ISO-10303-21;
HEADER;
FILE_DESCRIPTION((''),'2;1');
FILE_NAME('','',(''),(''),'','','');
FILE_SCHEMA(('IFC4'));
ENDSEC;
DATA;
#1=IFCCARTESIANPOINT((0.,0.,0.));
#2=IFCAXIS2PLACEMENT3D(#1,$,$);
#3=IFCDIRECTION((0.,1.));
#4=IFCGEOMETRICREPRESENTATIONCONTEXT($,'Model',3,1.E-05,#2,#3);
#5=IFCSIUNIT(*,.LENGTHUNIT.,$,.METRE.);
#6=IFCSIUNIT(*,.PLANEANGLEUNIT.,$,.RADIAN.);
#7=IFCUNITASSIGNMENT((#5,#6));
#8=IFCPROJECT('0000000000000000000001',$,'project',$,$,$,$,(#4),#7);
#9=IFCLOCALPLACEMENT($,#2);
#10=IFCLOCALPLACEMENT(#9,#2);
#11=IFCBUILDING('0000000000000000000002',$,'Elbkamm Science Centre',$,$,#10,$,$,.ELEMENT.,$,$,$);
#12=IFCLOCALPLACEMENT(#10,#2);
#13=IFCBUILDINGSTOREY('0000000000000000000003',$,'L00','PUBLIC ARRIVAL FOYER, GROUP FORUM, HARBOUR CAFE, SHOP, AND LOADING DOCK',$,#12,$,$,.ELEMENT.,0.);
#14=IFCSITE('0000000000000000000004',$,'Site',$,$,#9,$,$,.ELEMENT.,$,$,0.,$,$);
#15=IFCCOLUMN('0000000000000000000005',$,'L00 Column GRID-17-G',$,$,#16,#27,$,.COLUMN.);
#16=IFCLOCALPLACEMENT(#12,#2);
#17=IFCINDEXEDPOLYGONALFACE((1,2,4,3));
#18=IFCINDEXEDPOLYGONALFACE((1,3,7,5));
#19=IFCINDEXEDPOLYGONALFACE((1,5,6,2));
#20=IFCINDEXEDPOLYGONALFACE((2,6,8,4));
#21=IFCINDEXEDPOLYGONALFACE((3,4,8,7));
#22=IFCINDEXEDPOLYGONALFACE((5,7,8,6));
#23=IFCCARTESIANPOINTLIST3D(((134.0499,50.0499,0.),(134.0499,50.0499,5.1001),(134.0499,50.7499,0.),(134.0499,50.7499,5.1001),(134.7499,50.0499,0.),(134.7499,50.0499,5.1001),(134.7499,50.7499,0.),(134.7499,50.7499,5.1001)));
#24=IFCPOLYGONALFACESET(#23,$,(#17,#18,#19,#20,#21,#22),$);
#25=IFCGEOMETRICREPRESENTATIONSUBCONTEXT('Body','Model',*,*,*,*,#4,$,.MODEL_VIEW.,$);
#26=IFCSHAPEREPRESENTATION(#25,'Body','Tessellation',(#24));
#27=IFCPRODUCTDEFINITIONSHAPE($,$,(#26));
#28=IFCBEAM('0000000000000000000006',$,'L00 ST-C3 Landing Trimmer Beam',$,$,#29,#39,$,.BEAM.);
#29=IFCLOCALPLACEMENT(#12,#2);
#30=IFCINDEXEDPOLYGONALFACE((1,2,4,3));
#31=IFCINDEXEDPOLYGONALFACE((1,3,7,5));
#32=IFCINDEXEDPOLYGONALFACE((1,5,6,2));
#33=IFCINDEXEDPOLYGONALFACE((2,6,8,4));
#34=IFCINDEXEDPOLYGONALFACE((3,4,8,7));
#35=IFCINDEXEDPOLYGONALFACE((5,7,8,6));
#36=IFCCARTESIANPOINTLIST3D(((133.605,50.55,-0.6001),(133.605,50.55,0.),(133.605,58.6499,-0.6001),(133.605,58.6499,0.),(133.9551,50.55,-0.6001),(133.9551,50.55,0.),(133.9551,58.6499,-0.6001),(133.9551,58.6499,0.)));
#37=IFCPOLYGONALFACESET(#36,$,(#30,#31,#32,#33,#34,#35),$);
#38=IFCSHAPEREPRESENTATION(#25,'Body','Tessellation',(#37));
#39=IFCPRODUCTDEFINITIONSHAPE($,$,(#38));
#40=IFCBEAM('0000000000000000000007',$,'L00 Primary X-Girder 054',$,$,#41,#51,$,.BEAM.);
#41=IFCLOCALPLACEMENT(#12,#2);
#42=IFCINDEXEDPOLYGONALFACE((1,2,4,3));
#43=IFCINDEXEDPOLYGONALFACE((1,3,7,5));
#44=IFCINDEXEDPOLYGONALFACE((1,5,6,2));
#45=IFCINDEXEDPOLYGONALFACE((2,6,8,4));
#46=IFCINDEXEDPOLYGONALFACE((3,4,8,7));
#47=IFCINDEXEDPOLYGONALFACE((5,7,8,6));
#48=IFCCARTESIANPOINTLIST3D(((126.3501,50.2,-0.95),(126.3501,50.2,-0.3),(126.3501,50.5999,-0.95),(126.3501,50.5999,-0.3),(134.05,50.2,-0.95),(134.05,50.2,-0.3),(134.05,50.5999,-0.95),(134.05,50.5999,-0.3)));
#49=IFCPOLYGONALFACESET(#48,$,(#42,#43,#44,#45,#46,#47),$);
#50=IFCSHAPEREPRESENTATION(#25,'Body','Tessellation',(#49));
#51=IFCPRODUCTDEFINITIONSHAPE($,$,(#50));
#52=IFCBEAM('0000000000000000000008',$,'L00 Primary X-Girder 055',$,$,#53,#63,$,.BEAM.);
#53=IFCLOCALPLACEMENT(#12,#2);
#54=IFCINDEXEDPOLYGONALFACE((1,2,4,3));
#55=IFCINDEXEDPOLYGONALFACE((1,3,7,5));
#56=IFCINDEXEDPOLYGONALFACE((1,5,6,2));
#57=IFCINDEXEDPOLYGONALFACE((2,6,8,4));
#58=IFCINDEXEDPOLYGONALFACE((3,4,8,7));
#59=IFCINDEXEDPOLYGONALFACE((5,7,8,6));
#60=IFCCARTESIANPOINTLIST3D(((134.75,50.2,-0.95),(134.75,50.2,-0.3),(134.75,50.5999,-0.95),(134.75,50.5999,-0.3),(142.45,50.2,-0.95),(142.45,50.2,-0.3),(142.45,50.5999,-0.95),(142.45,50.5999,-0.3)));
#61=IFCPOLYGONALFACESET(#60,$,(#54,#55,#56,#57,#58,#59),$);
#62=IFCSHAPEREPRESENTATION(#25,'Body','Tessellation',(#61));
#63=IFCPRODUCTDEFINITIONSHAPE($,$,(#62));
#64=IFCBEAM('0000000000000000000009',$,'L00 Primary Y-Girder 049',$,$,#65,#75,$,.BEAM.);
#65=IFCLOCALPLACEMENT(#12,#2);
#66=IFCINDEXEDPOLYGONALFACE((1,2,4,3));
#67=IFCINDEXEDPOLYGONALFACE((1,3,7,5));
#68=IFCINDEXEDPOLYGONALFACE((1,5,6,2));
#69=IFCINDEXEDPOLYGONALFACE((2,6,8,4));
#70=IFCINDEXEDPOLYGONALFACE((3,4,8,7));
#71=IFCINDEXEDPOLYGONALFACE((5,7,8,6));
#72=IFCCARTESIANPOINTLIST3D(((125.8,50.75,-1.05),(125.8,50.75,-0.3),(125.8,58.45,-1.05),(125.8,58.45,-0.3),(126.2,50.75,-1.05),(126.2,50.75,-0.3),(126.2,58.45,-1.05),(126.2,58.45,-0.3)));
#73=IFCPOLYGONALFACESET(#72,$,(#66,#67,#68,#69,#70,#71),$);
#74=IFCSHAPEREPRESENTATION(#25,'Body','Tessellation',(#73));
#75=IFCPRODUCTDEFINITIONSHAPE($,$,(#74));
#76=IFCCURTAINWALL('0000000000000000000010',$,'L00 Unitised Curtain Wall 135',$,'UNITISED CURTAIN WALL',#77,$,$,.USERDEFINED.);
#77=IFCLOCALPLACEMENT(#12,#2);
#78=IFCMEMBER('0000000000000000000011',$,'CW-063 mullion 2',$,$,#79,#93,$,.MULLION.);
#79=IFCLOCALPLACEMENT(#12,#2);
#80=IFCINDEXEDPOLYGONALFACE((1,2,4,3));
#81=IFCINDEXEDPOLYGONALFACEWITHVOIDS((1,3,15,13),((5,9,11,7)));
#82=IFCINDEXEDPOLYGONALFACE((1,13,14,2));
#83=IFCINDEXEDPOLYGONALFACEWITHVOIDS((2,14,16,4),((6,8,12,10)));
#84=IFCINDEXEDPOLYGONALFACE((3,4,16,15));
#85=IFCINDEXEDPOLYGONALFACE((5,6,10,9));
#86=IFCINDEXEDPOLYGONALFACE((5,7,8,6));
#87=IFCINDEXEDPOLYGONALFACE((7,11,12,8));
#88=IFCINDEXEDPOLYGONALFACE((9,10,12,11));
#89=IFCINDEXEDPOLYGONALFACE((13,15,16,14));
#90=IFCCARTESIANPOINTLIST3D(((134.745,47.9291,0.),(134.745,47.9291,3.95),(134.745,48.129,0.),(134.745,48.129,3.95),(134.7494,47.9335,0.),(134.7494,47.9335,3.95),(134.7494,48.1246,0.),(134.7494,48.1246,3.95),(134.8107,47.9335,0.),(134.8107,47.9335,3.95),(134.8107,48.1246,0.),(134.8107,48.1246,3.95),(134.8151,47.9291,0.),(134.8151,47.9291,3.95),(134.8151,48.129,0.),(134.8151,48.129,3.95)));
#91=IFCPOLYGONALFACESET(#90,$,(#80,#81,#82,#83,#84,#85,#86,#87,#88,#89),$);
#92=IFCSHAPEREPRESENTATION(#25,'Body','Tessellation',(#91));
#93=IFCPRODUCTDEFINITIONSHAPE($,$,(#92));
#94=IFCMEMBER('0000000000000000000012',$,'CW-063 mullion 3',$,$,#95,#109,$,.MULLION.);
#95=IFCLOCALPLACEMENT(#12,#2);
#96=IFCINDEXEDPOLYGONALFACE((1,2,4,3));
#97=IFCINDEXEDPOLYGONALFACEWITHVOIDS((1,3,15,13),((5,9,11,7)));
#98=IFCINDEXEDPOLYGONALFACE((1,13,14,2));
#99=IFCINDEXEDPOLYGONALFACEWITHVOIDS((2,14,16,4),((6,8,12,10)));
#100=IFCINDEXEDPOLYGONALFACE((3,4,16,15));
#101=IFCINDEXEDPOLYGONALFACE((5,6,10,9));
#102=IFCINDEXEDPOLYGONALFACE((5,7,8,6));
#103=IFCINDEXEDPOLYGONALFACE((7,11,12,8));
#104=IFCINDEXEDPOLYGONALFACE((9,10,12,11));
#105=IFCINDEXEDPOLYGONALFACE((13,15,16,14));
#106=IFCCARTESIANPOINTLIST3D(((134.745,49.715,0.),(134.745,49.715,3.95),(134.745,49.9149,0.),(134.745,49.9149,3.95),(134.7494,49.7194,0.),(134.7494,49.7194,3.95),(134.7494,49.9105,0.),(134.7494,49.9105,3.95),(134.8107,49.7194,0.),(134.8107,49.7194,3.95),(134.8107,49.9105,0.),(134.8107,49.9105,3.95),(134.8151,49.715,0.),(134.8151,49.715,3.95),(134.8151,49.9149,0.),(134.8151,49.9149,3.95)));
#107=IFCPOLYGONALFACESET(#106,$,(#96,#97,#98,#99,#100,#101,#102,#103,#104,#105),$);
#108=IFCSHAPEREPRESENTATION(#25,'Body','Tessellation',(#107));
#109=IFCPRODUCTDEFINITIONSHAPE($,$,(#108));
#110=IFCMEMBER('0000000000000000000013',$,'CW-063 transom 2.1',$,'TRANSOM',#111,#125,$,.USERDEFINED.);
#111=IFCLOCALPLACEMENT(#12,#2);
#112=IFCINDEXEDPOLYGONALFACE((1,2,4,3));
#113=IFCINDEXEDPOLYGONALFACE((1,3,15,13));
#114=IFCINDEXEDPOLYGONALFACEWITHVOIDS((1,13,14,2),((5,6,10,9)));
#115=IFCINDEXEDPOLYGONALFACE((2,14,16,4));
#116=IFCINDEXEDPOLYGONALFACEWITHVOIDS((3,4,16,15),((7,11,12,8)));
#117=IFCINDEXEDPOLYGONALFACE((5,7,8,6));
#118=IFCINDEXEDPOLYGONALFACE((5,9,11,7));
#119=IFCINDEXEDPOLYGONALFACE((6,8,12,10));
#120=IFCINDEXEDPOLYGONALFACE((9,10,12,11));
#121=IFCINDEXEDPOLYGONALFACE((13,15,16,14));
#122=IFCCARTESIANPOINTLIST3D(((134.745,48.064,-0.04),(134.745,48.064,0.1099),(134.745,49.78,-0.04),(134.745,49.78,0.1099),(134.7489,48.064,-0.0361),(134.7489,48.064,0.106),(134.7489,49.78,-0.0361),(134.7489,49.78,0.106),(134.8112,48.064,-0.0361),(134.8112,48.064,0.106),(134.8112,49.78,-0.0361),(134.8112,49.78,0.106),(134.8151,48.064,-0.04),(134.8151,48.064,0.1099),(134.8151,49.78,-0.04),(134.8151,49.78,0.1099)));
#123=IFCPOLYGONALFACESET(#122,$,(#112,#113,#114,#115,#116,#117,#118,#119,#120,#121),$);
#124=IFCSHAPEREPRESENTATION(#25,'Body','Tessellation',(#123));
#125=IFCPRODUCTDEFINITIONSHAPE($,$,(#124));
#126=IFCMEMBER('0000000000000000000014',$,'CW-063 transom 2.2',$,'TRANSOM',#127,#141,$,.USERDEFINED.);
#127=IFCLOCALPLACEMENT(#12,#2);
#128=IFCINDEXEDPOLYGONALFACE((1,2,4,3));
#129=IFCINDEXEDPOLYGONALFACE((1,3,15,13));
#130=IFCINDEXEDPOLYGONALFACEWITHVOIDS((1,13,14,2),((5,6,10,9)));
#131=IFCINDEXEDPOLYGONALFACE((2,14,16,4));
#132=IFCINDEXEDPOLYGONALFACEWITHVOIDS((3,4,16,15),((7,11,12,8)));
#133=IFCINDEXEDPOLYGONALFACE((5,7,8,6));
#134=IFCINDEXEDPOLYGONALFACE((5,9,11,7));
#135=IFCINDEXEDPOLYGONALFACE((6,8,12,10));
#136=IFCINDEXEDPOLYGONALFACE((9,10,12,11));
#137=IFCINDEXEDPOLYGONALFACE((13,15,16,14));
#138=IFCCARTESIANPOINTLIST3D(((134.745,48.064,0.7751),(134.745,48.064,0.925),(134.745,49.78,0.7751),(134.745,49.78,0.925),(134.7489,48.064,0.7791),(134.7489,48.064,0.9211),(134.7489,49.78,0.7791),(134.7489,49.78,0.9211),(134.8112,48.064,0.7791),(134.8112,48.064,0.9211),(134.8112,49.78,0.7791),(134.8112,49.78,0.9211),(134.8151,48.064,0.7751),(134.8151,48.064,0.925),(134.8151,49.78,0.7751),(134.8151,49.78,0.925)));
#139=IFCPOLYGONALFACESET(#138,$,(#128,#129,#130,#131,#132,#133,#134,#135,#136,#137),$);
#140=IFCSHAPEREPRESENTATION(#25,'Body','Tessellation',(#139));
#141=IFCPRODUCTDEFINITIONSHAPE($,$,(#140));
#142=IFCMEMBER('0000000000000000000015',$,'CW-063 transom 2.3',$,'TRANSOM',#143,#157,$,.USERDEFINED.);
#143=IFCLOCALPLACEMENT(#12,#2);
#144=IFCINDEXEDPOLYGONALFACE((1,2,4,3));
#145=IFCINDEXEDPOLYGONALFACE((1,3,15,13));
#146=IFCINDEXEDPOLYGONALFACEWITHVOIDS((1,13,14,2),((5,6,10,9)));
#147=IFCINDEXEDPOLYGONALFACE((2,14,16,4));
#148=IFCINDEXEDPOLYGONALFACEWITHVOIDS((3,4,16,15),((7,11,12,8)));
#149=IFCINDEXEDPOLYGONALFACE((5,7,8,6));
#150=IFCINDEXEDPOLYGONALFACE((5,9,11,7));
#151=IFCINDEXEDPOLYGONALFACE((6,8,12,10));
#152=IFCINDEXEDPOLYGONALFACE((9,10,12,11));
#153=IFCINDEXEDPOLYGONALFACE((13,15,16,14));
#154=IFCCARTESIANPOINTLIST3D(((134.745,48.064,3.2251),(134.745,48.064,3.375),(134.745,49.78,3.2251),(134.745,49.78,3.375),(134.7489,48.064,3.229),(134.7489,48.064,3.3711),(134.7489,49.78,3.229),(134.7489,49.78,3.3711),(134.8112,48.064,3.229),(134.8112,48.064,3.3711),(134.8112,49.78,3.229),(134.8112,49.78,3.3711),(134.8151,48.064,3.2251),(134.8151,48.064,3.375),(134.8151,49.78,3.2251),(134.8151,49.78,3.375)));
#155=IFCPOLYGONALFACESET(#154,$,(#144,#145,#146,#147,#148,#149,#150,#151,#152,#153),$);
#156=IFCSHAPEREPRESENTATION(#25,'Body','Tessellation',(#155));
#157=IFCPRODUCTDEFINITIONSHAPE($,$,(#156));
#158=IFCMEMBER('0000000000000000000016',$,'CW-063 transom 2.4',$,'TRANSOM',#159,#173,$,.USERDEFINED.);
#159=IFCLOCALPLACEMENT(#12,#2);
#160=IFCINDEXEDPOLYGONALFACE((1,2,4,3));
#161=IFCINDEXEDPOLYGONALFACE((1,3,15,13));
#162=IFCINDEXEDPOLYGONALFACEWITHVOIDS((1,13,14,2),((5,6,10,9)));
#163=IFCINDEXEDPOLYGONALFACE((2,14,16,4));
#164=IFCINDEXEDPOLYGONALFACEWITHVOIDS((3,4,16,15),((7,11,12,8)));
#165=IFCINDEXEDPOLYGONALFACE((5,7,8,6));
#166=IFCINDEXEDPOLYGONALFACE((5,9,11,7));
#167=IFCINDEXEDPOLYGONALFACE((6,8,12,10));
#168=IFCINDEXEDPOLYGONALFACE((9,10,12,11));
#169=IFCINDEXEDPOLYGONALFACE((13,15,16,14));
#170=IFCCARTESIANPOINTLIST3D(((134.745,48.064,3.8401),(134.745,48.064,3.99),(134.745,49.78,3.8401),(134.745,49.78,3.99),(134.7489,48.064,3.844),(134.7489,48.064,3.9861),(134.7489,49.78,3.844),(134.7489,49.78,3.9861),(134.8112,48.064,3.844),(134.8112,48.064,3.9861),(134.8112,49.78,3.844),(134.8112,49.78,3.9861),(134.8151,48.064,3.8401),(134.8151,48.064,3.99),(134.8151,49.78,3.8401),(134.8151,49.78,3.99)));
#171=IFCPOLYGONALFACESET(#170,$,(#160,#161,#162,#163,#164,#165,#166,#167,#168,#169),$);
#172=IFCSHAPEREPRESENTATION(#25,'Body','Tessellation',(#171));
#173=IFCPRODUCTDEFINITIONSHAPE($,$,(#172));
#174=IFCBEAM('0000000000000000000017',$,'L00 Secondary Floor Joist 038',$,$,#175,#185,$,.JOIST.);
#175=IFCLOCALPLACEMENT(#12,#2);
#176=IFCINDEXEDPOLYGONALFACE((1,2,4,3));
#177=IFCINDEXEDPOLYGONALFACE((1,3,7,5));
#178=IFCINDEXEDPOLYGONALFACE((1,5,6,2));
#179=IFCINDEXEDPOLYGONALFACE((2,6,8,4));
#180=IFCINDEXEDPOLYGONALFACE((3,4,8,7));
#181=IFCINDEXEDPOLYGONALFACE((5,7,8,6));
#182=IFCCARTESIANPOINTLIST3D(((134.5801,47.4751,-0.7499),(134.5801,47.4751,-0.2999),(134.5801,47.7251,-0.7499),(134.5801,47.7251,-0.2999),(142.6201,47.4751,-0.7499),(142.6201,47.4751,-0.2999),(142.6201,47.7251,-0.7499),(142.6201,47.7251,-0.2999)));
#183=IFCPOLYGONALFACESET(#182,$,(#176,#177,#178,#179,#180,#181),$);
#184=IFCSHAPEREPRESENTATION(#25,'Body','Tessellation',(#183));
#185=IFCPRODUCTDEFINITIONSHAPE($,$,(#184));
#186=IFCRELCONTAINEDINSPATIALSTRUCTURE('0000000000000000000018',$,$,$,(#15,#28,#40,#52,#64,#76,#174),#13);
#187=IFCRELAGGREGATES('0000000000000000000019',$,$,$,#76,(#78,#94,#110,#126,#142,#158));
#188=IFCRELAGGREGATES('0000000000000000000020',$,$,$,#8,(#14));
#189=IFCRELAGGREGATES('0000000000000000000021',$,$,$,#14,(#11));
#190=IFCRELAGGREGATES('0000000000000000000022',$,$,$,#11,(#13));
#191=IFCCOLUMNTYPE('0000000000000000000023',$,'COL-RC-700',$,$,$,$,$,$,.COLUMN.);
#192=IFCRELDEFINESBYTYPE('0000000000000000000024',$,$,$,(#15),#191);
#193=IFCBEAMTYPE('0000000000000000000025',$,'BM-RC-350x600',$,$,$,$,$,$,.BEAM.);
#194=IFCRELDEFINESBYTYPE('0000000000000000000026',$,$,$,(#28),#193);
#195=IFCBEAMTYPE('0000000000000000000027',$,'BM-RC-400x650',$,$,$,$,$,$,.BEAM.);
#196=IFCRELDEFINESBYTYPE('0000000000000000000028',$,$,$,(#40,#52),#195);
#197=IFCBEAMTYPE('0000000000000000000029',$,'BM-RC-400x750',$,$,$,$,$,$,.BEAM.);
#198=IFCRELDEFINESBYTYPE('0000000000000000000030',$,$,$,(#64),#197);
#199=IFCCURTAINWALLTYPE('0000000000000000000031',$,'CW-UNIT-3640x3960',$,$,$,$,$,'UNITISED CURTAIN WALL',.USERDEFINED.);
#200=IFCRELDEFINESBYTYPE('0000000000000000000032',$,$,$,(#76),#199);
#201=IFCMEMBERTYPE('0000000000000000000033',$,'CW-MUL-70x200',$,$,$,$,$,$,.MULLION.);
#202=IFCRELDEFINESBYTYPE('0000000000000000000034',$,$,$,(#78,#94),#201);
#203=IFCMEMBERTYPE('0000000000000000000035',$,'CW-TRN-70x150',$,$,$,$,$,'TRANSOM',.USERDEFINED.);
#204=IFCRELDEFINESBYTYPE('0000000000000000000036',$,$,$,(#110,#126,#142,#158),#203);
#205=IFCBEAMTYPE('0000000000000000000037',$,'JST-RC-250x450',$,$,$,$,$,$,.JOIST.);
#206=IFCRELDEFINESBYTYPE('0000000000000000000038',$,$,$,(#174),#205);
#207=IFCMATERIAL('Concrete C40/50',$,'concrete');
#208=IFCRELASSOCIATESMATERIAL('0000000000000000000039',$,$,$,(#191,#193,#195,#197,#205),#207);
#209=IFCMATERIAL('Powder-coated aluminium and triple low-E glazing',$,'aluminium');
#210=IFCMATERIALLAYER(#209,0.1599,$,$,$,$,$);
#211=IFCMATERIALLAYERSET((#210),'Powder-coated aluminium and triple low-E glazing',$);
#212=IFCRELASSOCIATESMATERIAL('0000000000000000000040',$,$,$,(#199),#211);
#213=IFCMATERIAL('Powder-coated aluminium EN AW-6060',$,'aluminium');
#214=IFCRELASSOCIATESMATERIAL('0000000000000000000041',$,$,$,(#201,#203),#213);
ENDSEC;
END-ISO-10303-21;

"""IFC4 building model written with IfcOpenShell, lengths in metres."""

from ifc_helpers import new_model, si_unit, direction, frame, origin, origin_2d, place, context, subcontext, project, spatial, rectangle, hollow_rectangle, extrude, material, layer, layer_set, material_profile, profile_set, type_object, element, aggregate, save


model = new_model("IFC4")

# Units and contexts
model_context = context("Model", 3, precision=1e-05, world=origin(), true_north=direction((0.0, 1.0)))
body_context = subcontext(model_context, "Body", "Model", "MODEL_VIEW")
ifc_project = project(units=[si_unit("LENGTHUNIT", "METRE"), si_unit("PLANEANGLEUNIT", "RADIAN")], contexts=[model_context])

# Site, building, storey
site_placement = place(None, origin())
site = spatial("IfcSite", under=ifc_project, at=site_placement, Name="Site", CompositionType="ELEMENT", RefElevation=0.0)
building_placement = place(site_placement, origin())
building = spatial("IfcBuilding", under=site, at=building_placement, Name="Elbkamm Science Centre", CompositionType="ELEMENT")
storey_placement = place(building_placement, origin())
storey = spatial("IfcBuildingStorey", under=building, at=storey_placement, Name="L00", Description="PUBLIC ARRIVAL FOYER, GROUP FORUM, HARBOUR CAFE, SHOP, AND LOADING DOCK", CompositionType="ELEMENT", Elevation=0.0)

# Column
ifc_material_1 = material(Name="Concrete C40/50", Category="concrete")
ifc_material_profile_1 = material_profile(ifc_material_1, rectangle(XDim=0.7, YDim=0.7, at=origin_2d()), Name="RC 700x700")
ifc_profile_set_1 = profile_set([ifc_material_profile_1], Name="Concrete C40/50")
column_type = type_object("IfcColumnType", Name="COL-RC-700", PredefinedType="COLUMN", material=ifc_profile_set_1)
column_placement = place(storey_placement, frame((134.3999, 50.3999, 0.0), z_axis=(0.0, 0.0, 1.0), x_axis=(1.0, 0.0, 0.0)))
element("IfcColumn", 1, at=column_placement, inside=storey, type_object=column_type, Name="L00 Column GRID-17-G", PredefinedType="COLUMN", context=body_context, shape_type="SweptSolid", body=[
    extrude(rectangle(XDim=0.7, YDim=0.7, at=origin_2d()), origin(), (0.0, 0.0, 1.0), 5.1001),
])

# Beams
ifc_material_profile_2 = material_profile(ifc_material_1, rectangle(XDim=0.3501, YDim=0.6001, at=origin_2d()), Name="RC 350x600")
ifc_profile_set_2 = profile_set([ifc_material_profile_2], Name="Concrete C40/50")
beam_type_1 = type_object("IfcBeamType", Name="BM-RC-350x600", PredefinedType="BEAM", material=ifc_profile_set_2)
beam_1_placement = place(storey_placement, frame((133.78, 50.55, -0.3), z_axis=(0.0, 1.0, 0.0), x_axis=(-1.0, 0.0, 0.0)))
element("IfcBeam", 2, at=beam_1_placement, inside=storey, type_object=beam_type_1, Name="L00 ST-C3 Landing Trimmer Beam", PredefinedType="BEAM", context=body_context, shape_type="SweptSolid", body=[
    extrude(rectangle(XDim=0.3501, YDim=0.6001, at=origin_2d()), origin(), (0.0, 0.0, 1.0), 8.0999),
])
ifc_material_profile_3 = material_profile(ifc_material_1, rectangle(XDim=0.3999, YDim=0.6499, at=origin_2d()), Name="RC 400x650")
ifc_profile_set_3 = profile_set([ifc_material_profile_3], Name="Concrete C40/50")
beam_type_2 = type_object("IfcBeamType", Name="BM-RC-400x650", PredefinedType="BEAM", material=ifc_profile_set_3)
for number, where, z_axis, x_axis, name in (
    (3, (126.3501, 50.3999, -0.625), (1.0, 0.0, 0.0), (0.0, 1.0, 0.0), "L00 Primary X-Girder 054"),
    (4, (134.75, 50.3999, -0.625), (1.0, 0.0, 0.0), (0.0, 1.0, 0.0), "L00 Primary X-Girder 055"),
):
    element("IfcBeam", number, at=place(storey_placement, frame(where, z_axis=z_axis, x_axis=x_axis)), inside=storey, type_object=beam_type_2, Name=name, PredefinedType="BEAM", context=body_context, shape_type="SweptSolid", body=[
        extrude(rectangle(XDim=0.3999, YDim=0.6499, at=origin_2d()), origin(), (0.0, 0.0, 1.0), 7.7),
    ])
ifc_material_profile_4 = material_profile(ifc_material_1, rectangle(XDim=0.3999, YDim=0.75, at=origin_2d()), Name="RC 400x750")
ifc_profile_set_4 = profile_set([ifc_material_profile_4], Name="Concrete C40/50")
beam_type_3 = type_object("IfcBeamType", Name="BM-RC-400x750", PredefinedType="BEAM", material=ifc_profile_set_4)
beam_2_placement = place(storey_placement, frame((126.0, 50.75, -0.675), z_axis=(0.0, 1.0, 0.0), x_axis=(-1.0, 0.0, 0.0)))
element("IfcBeam", 5, at=beam_2_placement, inside=storey, type_object=beam_type_3, Name="L00 Primary Y-Girder 049", PredefinedType="BEAM", context=body_context, shape_type="SweptSolid", body=[
    extrude(rectangle(XDim=0.3999, YDim=0.75, at=origin_2d()), origin(), (0.0, 0.0, 1.0), 7.7),
])

# Curtain wall, members
ifc_material_2 = material(Name="Powder-coated aluminium and triple low-E glazing", Category="aluminium")
ifc_layer_1 = layer(ifc_material_2, 0.1599)
ifc_layer_set_1 = layer_set([ifc_layer_1], Name="Powder-coated aluminium and triple low-E glazing")
curtain_wall_type = type_object("IfcCurtainWallType", Name="CW-UNIT-3640x3960", ElementType="UNITISED CURTAIN WALL", PredefinedType="USERDEFINED", material=ifc_layer_set_1)
curtain_wall_placement = place(storey_placement, origin())
curtain_wall = element("IfcCurtainWall", 6, at=curtain_wall_placement, inside=storey, type_object=curtain_wall_type, Name="L00 Unitised Curtain Wall 135", ObjectType="UNITISED CURTAIN WALL", PredefinedType="USERDEFINED")
ifc_material_3 = material(Name="Powder-coated aluminium EN AW-6060", Category="aluminium")
ifc_material_profile_5 = material_profile(ifc_material_3, hollow_rectangle(XDim=0.0701, YDim=0.2, WallThickness=0.0044, at=origin_2d()), Name="ALU M70x200")
ifc_profile_set_5 = profile_set([ifc_material_profile_5], Name="Powder-coated aluminium EN AW-6060")
member_type_1 = type_object("IfcMemberType", Name="CW-MUL-70x200", PredefinedType="MULLION", material=ifc_profile_set_5)
member_1_placement = place(storey_placement, frame((134.78, 48.0291, 0.0), z_axis=(0.0, 0.0, 1.0), x_axis=(-1.0, 0.0, 0.0)))
member_1 = element("IfcMember", 7, at=member_1_placement, type_object=member_type_1, Name="CW-063 mullion 2", PredefinedType="MULLION", context=body_context, shape_type="SweptSolid", body=[
    extrude(hollow_rectangle(XDim=0.0701, YDim=0.2, WallThickness=0.0044, at=origin_2d()), origin(), (0.0, 0.0, 1.0), 3.95),
])
member_2_placement = place(storey_placement, frame((134.78, 49.8149, 0.0), z_axis=(0.0, 0.0, 1.0), x_axis=(-1.0, 0.0, 0.0)))
member_2 = element("IfcMember", 8, at=member_2_placement, type_object=member_type_1, Name="CW-063 mullion 3", PredefinedType="MULLION", context=body_context, shape_type="SweptSolid", body=[
    extrude(hollow_rectangle(XDim=0.0701, YDim=0.2, WallThickness=0.0044, at=origin_2d()), origin(), (0.0, 0.0, 1.0), 3.95),
])
ifc_material_profile_6 = material_profile(ifc_material_3, hollow_rectangle(XDim=0.0701, YDim=0.1499, WallThickness=0.0039, at=origin_2d()), Name="ALU T70x150")
ifc_profile_set_6 = profile_set([ifc_material_profile_6], Name="Powder-coated aluminium EN AW-6060")
member_type_2 = type_object("IfcMemberType", Name="CW-TRN-70x150", ElementType="TRANSOM", PredefinedType="USERDEFINED", material=ifc_profile_set_6)
member_3_placement = place(storey_placement, frame((134.78, 48.064, 0.0349), z_axis=(0.0, 1.0, 0.0), x_axis=(-1.0, 0.0, 0.0)))
member_3 = element("IfcMember", 9, at=member_3_placement, type_object=member_type_2, Name="CW-063 transom 2.1", ObjectType="TRANSOM", PredefinedType="USERDEFINED", context=body_context, shape_type="SweptSolid", body=[
    extrude(hollow_rectangle(XDim=0.0701, YDim=0.1499, WallThickness=0.0039, at=origin_2d()), origin(), (0.0, 0.0, 1.0), 1.7161),
])
member_4_placement = place(storey_placement, frame((134.78, 48.064, 0.8501), z_axis=(0.0, 1.0, 0.0), x_axis=(-1.0, 0.0, 0.0)))
member_4 = element("IfcMember", 10, at=member_4_placement, type_object=member_type_2, Name="CW-063 transom 2.2", ObjectType="TRANSOM", PredefinedType="USERDEFINED", context=body_context, shape_type="SweptSolid", body=[
    extrude(hollow_rectangle(XDim=0.0701, YDim=0.1499, WallThickness=0.0039, at=origin_2d()), origin(), (0.0, 0.0, 1.0), 1.7161),
])
member_5_placement = place(storey_placement, frame((134.78, 48.064, 3.3), z_axis=(0.0, 1.0, 0.0), x_axis=(-1.0, 0.0, 0.0)))
member_5 = element("IfcMember", 11, at=member_5_placement, type_object=member_type_2, Name="CW-063 transom 2.3", ObjectType="TRANSOM", PredefinedType="USERDEFINED", context=body_context, shape_type="SweptSolid", body=[
    extrude(hollow_rectangle(XDim=0.0701, YDim=0.1499, WallThickness=0.0039, at=origin_2d()), origin(), (0.0, 0.0, 1.0), 1.7161),
])
member_6_placement = place(storey_placement, frame((134.78, 48.064, 3.915), z_axis=(0.0, 1.0, 0.0), x_axis=(-1.0, 0.0, 0.0)))
member_6 = element("IfcMember", 12, at=member_6_placement, type_object=member_type_2, Name="CW-063 transom 2.4", ObjectType="TRANSOM", PredefinedType="USERDEFINED", context=body_context, shape_type="SweptSolid", body=[
    extrude(hollow_rectangle(XDim=0.0701, YDim=0.1499, WallThickness=0.0039, at=origin_2d()), origin(), (0.0, 0.0, 1.0), 1.7161),
])

# Beam
ifc_material_profile_7 = material_profile(ifc_material_1, rectangle(XDim=0.25, YDim=0.45, at=origin_2d()), Name="RC 250x450")
ifc_profile_set_7 = profile_set([ifc_material_profile_7], Name="Concrete C40/50")
beam_type_4 = type_object("IfcBeamType", Name="JST-RC-250x450", PredefinedType="JOIST", material=ifc_profile_set_7)
beam_3_placement = place(storey_placement, frame((134.5801, 47.6001, -0.5249), z_axis=(1.0, 0.0, 0.0), x_axis=(0.0, 1.0, 0.0)))
element("IfcBeam", 13, at=beam_3_placement, inside=storey, type_object=beam_type_4, Name="L00 Secondary Floor Joist 038", PredefinedType="JOIST", context=body_context, shape_type="SweptSolid", body=[
    extrude(rectangle(XDim=0.25, YDim=0.45, at=origin_2d()), origin(), (0.0, 0.0, 1.0), 8.04),
])

aggregate(curtain_wall, [member_1, member_2, member_3, member_4, member_5, member_6])

save(model, "model.ifc")
